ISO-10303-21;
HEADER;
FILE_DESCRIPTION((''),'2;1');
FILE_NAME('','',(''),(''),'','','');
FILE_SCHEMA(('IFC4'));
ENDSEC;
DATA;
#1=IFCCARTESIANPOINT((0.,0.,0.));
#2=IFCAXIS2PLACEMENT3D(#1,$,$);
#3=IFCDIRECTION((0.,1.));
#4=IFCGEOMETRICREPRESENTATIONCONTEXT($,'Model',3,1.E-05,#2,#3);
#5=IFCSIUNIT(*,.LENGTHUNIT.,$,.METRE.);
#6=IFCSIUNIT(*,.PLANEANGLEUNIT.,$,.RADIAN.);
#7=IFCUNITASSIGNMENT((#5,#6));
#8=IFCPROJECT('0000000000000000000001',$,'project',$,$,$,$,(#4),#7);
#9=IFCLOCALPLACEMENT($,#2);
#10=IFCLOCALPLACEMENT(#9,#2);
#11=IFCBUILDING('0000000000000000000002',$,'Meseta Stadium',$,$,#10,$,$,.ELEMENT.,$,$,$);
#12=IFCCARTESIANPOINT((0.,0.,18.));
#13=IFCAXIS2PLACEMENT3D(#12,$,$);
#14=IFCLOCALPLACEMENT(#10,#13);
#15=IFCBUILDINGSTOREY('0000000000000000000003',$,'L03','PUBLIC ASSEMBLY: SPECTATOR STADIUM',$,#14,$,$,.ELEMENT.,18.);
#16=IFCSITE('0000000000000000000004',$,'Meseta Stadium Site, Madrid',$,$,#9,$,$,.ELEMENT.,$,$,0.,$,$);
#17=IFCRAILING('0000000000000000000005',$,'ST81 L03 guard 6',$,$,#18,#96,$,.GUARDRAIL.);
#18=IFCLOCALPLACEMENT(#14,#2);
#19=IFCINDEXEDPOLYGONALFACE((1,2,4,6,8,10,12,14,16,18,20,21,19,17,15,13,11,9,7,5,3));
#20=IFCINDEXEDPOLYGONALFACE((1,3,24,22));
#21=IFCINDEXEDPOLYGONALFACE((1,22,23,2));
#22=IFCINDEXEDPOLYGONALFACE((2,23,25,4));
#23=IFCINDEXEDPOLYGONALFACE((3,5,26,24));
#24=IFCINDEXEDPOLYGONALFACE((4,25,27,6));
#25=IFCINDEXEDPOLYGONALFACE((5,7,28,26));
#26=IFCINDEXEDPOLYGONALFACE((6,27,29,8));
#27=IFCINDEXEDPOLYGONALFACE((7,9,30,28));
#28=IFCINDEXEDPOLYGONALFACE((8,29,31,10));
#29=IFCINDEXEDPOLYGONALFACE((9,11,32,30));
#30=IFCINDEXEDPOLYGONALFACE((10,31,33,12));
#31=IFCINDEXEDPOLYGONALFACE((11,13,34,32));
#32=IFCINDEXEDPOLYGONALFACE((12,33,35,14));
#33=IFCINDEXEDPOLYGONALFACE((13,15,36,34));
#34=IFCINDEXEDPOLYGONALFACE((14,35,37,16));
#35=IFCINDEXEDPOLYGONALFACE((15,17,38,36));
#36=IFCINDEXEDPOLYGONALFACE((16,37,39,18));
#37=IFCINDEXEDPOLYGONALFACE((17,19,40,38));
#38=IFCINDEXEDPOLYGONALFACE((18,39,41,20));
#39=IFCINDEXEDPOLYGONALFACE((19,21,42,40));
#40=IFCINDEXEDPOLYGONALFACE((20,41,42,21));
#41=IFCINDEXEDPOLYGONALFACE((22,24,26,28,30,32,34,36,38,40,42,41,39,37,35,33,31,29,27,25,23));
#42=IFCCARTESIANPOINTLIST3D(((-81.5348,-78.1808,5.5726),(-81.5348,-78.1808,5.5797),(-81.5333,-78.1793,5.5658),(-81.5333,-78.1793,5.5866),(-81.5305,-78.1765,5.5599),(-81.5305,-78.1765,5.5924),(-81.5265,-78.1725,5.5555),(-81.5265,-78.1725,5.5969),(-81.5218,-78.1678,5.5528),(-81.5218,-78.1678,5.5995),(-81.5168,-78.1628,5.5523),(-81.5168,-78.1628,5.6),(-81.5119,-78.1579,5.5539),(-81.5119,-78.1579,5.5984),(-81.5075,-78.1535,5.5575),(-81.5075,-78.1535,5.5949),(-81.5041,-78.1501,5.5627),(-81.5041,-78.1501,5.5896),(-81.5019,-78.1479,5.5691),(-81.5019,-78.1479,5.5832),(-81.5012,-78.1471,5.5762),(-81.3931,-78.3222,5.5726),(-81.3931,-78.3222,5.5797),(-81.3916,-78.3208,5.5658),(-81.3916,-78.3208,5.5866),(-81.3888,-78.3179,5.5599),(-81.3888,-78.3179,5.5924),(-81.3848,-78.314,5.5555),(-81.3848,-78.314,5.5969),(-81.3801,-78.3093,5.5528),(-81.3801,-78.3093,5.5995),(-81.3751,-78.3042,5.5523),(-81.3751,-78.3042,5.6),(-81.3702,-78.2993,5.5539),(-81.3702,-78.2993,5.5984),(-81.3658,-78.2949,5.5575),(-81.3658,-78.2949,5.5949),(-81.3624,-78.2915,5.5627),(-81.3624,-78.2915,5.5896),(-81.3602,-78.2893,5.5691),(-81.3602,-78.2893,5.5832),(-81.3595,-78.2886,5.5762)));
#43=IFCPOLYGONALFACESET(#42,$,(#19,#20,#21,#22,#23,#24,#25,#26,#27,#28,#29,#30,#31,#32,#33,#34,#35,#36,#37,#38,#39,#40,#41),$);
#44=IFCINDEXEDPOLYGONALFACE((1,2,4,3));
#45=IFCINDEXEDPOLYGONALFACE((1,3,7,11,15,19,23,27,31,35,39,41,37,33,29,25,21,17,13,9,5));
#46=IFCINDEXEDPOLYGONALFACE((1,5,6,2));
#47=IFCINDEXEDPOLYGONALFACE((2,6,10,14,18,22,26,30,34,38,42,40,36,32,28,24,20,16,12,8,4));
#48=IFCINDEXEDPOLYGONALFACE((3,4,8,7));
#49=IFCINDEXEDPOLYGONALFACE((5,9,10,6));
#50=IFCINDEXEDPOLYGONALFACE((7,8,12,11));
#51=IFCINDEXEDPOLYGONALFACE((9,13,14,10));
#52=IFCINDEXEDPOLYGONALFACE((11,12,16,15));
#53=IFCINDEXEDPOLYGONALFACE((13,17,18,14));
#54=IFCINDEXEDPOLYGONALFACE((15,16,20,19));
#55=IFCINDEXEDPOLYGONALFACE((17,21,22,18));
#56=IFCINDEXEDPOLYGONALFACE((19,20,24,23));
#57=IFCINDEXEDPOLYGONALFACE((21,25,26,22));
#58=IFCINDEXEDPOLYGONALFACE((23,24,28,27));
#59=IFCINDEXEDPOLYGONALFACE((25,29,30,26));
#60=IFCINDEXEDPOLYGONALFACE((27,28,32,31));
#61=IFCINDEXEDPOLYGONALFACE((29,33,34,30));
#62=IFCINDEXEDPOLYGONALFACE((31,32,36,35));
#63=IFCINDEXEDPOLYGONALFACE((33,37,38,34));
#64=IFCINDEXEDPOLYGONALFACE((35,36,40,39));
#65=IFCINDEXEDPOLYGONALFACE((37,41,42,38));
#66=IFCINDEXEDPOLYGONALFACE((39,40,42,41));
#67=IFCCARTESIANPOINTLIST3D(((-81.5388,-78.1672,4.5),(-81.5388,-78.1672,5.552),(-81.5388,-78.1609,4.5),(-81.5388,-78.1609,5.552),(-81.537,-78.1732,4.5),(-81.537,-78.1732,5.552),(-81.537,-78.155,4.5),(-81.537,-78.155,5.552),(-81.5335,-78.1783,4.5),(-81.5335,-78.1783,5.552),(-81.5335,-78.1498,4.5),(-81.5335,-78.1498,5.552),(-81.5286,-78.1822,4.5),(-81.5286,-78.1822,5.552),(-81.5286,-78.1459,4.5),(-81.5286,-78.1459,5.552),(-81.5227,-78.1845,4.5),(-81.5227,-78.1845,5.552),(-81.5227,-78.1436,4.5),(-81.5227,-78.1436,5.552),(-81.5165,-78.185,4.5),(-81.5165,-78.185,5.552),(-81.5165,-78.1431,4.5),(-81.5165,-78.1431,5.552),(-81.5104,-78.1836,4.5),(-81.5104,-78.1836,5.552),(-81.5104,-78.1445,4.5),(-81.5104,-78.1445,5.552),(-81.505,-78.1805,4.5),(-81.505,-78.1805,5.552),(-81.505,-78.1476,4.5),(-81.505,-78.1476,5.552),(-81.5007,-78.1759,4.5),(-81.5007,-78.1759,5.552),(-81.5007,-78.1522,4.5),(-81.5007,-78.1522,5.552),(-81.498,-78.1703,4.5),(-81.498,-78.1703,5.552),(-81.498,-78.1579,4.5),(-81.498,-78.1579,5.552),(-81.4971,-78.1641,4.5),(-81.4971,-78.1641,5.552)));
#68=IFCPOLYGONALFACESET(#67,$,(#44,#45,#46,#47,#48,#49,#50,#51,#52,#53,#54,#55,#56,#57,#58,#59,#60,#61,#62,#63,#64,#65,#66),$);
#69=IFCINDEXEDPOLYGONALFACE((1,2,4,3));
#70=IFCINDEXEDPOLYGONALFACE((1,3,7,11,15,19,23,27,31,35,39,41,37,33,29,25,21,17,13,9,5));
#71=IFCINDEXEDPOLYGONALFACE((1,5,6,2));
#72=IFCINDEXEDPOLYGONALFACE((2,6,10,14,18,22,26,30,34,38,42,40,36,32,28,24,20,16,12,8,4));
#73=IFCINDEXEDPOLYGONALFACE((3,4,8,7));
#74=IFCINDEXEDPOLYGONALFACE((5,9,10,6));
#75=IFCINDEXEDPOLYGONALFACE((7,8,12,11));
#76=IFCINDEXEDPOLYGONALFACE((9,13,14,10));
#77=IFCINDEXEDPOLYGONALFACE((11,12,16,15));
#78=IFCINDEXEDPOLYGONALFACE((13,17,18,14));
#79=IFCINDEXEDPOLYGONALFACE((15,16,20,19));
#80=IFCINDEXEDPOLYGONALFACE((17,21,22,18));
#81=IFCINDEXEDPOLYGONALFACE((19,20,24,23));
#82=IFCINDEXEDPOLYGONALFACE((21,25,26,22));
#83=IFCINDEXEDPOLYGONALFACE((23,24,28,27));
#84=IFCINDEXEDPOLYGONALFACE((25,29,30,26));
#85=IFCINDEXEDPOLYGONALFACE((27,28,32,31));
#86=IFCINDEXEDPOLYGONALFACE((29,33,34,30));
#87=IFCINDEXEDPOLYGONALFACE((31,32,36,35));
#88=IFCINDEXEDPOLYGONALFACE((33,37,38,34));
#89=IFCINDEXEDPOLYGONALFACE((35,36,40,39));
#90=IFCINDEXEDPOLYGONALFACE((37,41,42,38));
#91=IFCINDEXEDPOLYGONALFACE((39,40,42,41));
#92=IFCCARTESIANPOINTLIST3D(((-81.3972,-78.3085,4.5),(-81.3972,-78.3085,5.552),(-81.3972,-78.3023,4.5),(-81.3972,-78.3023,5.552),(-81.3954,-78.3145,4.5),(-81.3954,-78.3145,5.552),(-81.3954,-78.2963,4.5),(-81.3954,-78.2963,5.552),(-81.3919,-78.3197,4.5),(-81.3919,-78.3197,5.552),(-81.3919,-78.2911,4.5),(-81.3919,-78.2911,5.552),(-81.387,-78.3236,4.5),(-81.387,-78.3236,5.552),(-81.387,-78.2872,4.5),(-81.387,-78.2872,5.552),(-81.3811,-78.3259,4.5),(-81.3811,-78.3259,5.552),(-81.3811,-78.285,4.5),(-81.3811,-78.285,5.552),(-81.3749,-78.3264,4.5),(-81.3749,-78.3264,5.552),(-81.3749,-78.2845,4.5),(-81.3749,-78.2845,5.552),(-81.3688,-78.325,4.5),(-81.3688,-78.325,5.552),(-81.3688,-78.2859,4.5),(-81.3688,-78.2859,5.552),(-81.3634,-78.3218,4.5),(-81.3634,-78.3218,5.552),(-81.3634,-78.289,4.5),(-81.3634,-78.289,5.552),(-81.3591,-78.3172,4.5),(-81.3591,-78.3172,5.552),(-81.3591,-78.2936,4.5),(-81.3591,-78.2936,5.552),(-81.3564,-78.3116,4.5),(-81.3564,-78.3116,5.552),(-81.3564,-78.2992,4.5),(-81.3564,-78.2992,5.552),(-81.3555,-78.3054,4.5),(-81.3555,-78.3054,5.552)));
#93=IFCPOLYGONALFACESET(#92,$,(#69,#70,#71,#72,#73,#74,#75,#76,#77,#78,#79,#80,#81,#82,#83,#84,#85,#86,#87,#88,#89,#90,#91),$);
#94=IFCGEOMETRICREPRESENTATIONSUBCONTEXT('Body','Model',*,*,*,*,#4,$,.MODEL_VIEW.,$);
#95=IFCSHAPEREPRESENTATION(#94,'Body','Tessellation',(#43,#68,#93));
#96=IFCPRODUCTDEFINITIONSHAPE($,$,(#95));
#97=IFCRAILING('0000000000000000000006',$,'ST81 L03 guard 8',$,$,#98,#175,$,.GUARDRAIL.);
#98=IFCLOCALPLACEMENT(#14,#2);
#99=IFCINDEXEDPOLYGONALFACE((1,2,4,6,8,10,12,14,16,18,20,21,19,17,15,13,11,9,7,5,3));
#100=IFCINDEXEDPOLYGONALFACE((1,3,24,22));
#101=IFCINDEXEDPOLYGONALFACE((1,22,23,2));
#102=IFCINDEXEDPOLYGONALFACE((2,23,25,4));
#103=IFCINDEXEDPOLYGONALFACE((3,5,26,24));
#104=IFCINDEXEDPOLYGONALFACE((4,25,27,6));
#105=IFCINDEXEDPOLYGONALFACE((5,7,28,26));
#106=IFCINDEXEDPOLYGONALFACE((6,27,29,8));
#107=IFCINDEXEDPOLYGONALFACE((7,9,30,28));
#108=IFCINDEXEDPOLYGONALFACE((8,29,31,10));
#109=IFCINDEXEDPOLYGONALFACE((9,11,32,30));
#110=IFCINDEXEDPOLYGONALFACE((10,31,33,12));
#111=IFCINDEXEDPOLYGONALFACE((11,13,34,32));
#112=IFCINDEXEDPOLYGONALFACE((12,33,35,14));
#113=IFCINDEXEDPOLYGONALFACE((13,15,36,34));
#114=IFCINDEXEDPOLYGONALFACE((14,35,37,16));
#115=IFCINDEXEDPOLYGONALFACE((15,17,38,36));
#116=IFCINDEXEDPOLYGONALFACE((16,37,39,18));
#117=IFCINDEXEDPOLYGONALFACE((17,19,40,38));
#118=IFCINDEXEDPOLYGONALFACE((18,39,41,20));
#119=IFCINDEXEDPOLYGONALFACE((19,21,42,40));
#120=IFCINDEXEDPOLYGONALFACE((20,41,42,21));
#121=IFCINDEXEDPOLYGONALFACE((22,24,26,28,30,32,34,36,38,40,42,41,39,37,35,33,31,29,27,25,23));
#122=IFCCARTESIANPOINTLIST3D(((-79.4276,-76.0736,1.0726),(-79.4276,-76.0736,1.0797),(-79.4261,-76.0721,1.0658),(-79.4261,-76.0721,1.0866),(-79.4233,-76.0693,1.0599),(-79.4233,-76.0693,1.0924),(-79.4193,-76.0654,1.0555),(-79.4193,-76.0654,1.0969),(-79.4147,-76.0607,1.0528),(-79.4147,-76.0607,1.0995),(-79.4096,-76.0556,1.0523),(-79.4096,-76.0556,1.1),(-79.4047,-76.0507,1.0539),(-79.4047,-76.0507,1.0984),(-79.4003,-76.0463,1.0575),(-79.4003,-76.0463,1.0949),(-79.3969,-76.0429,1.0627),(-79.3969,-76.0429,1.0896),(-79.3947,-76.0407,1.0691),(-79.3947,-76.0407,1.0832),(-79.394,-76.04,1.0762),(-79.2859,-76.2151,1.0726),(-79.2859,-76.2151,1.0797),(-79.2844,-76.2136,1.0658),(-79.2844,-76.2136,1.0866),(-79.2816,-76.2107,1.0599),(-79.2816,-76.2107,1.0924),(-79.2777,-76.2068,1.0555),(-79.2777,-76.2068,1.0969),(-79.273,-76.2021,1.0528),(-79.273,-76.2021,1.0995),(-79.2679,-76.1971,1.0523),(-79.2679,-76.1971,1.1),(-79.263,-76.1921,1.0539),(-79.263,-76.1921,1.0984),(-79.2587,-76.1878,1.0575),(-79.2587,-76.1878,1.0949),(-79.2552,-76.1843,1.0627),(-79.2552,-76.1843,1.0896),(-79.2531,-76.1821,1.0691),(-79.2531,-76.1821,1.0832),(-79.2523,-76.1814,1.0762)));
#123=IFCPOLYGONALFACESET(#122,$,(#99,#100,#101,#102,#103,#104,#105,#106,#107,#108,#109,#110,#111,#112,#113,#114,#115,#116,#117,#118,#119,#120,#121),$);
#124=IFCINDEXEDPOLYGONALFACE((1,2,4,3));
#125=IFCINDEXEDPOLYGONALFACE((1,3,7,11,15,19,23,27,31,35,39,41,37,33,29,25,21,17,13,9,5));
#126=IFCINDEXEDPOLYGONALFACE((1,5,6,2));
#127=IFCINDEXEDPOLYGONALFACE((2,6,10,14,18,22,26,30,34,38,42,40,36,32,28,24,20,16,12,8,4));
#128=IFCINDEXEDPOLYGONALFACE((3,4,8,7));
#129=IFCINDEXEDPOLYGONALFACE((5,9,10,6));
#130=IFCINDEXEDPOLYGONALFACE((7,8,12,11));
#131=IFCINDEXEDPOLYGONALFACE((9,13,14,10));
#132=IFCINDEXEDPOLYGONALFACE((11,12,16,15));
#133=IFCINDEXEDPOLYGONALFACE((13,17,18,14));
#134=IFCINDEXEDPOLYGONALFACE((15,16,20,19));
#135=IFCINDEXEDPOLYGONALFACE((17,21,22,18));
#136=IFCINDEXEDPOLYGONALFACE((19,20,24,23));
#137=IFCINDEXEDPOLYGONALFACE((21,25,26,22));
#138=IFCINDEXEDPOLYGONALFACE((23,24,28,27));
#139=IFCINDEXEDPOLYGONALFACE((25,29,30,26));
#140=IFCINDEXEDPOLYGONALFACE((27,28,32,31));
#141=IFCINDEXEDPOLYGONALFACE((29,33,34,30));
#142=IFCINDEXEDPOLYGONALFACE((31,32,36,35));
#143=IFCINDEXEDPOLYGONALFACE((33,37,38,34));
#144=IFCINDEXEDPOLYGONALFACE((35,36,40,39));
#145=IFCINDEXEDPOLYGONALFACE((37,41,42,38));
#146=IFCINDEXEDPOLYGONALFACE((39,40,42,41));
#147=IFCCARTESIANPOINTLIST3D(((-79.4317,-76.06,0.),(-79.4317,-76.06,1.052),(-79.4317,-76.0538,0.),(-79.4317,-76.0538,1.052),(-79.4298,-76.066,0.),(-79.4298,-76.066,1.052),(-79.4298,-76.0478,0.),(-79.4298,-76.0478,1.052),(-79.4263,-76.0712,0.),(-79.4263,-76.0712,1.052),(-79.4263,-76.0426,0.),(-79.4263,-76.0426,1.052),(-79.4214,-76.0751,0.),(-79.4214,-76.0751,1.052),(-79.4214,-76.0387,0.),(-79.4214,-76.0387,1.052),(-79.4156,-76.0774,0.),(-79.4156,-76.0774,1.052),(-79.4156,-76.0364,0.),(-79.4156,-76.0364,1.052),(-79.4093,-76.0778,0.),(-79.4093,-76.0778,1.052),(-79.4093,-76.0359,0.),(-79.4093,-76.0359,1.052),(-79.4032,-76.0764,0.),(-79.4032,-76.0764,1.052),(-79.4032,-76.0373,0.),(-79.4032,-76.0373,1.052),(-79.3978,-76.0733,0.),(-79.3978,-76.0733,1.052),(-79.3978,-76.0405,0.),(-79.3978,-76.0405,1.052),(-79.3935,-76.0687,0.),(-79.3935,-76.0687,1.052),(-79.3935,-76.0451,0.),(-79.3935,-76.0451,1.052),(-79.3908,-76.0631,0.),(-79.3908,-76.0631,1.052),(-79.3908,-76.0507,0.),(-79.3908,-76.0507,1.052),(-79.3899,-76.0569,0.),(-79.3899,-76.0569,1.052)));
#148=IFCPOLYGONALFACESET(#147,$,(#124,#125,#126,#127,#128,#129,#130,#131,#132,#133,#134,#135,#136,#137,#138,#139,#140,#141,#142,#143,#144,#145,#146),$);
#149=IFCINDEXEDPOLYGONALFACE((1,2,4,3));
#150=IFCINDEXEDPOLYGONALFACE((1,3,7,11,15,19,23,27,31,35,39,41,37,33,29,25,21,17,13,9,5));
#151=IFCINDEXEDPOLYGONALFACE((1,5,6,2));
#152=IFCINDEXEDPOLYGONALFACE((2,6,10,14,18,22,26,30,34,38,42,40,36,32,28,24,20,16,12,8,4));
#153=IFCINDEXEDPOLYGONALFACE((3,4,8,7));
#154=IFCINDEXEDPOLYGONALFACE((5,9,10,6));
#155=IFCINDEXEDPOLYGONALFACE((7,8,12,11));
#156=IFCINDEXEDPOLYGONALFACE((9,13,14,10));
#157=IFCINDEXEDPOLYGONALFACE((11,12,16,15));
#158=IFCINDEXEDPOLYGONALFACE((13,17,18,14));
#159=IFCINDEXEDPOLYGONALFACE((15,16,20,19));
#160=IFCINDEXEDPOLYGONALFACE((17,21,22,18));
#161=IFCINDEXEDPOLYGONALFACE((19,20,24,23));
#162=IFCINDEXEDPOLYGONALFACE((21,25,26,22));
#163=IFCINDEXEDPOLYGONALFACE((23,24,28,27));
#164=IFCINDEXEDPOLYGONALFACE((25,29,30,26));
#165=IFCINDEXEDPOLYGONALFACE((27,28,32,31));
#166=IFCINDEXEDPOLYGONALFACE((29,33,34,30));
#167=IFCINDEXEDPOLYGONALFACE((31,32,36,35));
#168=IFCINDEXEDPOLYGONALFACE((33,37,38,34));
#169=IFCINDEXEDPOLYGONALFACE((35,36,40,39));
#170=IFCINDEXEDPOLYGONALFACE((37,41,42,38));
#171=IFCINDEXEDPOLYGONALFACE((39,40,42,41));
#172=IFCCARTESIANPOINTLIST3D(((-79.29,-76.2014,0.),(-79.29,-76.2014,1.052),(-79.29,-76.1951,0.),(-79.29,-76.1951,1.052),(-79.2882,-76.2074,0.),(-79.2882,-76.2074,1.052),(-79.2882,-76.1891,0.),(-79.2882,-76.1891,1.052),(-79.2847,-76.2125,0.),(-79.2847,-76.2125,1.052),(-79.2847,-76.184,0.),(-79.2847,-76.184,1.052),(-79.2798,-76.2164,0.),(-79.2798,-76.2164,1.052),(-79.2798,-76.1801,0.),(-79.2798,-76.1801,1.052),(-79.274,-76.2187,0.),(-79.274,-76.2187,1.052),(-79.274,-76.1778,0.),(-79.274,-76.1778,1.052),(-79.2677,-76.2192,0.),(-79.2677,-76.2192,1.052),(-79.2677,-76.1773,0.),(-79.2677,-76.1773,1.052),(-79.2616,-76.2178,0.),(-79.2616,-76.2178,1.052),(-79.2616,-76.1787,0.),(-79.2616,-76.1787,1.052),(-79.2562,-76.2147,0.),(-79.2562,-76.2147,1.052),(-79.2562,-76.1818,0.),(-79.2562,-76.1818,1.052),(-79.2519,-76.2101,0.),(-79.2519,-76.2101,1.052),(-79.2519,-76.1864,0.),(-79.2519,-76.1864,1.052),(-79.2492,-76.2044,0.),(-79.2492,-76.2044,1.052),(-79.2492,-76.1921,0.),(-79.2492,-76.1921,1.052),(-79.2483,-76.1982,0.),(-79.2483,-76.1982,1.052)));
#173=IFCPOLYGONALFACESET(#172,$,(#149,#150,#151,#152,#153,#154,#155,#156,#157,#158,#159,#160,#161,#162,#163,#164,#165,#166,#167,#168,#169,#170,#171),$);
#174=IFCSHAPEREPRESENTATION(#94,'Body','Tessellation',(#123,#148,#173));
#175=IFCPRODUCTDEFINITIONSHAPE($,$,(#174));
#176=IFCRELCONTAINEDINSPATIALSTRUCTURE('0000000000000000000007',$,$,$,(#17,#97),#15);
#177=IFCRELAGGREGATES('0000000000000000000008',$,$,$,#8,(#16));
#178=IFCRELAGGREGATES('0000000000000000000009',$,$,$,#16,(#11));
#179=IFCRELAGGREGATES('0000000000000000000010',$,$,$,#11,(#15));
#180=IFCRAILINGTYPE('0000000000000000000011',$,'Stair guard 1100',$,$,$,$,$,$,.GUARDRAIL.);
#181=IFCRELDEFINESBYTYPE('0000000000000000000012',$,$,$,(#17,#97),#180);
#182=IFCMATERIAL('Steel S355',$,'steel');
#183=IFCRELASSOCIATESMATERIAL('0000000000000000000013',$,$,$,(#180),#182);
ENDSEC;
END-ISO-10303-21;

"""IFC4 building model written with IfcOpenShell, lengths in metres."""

from ifc_helpers import new_model, si_unit, direction, frame, origin, origin_2d, place, context, subcontext, project, spatial, circle, extrude, material, type_object, element, save


model = new_model("IFC4")

# Units and contexts
model_context = context("Model", 3, precision=1e-05, world=origin(), true_north=direction((0.0, 1.0)))
body_context = subcontext(model_context, "Body", "Model", "MODEL_VIEW")
ifc_project = project(units=[si_unit("LENGTHUNIT", "METRE"), si_unit("PLANEANGLEUNIT", "RADIAN")], contexts=[model_context])

# Site, building, storey
site_placement = place(None, origin())
site = spatial("IfcSite", under=ifc_project, at=site_placement, Name="Meseta Stadium Site, Madrid", CompositionType="ELEMENT", RefElevation=0.0)
building_placement = place(site_placement, origin())
building = spatial("IfcBuilding", under=site, at=building_placement, Name="Meseta Stadium", CompositionType="ELEMENT")
storey_placement = place(building_placement, frame((0.0, 0.0, 18.0)))
storey = spatial("IfcBuildingStorey", under=building, at=storey_placement, Name="L03", Description="PUBLIC ASSEMBLY: SPECTATOR STADIUM", CompositionType="ELEMENT", Elevation=18.0)

# Railings
ifc_material_1 = material(Name="Steel S355", Category="steel")
railing_type_1 = type_object("IfcRailingType", Name="Stair guard 1100", PredefinedType="GUARDRAIL", material=ifc_material_1)
for number, where, name in (
    (1, (-81.5181, -78.1641, 4.5), "ST81 L03 guard 6"),
    (2, (-79.4109, -76.0569, 0.0), "ST81 L03 guard 8"),
):
    element("IfcRailing", number, at=place(storey_placement, frame(where)), inside=storey, type_object=railing_type_1, Name=name, PredefinedType="GUARDRAIL", context=body_context, shape_type="SweptSolid", body=[
        extrude(circle(Radius=0.0239, at=origin_2d()), frame((0.0, 0.0, 1.0762), z_axis=(0.707717, -0.706496, 0.0), x_axis=(0.706496, 0.707717, 0.0)), (0.0, 0.0, 1.0), 0.2002),
        extrude(circle(Radius=0.021, at=origin_2d()), origin(), (0.0, 0.0, 1.0), 1.052),
        extrude(circle(Radius=0.021, at=origin_2d()), frame((0.1416, -0.1414, 0.0)), (0.0, 0.0, 1.0), 1.052),
    ])

save(model, "model.ifc")
